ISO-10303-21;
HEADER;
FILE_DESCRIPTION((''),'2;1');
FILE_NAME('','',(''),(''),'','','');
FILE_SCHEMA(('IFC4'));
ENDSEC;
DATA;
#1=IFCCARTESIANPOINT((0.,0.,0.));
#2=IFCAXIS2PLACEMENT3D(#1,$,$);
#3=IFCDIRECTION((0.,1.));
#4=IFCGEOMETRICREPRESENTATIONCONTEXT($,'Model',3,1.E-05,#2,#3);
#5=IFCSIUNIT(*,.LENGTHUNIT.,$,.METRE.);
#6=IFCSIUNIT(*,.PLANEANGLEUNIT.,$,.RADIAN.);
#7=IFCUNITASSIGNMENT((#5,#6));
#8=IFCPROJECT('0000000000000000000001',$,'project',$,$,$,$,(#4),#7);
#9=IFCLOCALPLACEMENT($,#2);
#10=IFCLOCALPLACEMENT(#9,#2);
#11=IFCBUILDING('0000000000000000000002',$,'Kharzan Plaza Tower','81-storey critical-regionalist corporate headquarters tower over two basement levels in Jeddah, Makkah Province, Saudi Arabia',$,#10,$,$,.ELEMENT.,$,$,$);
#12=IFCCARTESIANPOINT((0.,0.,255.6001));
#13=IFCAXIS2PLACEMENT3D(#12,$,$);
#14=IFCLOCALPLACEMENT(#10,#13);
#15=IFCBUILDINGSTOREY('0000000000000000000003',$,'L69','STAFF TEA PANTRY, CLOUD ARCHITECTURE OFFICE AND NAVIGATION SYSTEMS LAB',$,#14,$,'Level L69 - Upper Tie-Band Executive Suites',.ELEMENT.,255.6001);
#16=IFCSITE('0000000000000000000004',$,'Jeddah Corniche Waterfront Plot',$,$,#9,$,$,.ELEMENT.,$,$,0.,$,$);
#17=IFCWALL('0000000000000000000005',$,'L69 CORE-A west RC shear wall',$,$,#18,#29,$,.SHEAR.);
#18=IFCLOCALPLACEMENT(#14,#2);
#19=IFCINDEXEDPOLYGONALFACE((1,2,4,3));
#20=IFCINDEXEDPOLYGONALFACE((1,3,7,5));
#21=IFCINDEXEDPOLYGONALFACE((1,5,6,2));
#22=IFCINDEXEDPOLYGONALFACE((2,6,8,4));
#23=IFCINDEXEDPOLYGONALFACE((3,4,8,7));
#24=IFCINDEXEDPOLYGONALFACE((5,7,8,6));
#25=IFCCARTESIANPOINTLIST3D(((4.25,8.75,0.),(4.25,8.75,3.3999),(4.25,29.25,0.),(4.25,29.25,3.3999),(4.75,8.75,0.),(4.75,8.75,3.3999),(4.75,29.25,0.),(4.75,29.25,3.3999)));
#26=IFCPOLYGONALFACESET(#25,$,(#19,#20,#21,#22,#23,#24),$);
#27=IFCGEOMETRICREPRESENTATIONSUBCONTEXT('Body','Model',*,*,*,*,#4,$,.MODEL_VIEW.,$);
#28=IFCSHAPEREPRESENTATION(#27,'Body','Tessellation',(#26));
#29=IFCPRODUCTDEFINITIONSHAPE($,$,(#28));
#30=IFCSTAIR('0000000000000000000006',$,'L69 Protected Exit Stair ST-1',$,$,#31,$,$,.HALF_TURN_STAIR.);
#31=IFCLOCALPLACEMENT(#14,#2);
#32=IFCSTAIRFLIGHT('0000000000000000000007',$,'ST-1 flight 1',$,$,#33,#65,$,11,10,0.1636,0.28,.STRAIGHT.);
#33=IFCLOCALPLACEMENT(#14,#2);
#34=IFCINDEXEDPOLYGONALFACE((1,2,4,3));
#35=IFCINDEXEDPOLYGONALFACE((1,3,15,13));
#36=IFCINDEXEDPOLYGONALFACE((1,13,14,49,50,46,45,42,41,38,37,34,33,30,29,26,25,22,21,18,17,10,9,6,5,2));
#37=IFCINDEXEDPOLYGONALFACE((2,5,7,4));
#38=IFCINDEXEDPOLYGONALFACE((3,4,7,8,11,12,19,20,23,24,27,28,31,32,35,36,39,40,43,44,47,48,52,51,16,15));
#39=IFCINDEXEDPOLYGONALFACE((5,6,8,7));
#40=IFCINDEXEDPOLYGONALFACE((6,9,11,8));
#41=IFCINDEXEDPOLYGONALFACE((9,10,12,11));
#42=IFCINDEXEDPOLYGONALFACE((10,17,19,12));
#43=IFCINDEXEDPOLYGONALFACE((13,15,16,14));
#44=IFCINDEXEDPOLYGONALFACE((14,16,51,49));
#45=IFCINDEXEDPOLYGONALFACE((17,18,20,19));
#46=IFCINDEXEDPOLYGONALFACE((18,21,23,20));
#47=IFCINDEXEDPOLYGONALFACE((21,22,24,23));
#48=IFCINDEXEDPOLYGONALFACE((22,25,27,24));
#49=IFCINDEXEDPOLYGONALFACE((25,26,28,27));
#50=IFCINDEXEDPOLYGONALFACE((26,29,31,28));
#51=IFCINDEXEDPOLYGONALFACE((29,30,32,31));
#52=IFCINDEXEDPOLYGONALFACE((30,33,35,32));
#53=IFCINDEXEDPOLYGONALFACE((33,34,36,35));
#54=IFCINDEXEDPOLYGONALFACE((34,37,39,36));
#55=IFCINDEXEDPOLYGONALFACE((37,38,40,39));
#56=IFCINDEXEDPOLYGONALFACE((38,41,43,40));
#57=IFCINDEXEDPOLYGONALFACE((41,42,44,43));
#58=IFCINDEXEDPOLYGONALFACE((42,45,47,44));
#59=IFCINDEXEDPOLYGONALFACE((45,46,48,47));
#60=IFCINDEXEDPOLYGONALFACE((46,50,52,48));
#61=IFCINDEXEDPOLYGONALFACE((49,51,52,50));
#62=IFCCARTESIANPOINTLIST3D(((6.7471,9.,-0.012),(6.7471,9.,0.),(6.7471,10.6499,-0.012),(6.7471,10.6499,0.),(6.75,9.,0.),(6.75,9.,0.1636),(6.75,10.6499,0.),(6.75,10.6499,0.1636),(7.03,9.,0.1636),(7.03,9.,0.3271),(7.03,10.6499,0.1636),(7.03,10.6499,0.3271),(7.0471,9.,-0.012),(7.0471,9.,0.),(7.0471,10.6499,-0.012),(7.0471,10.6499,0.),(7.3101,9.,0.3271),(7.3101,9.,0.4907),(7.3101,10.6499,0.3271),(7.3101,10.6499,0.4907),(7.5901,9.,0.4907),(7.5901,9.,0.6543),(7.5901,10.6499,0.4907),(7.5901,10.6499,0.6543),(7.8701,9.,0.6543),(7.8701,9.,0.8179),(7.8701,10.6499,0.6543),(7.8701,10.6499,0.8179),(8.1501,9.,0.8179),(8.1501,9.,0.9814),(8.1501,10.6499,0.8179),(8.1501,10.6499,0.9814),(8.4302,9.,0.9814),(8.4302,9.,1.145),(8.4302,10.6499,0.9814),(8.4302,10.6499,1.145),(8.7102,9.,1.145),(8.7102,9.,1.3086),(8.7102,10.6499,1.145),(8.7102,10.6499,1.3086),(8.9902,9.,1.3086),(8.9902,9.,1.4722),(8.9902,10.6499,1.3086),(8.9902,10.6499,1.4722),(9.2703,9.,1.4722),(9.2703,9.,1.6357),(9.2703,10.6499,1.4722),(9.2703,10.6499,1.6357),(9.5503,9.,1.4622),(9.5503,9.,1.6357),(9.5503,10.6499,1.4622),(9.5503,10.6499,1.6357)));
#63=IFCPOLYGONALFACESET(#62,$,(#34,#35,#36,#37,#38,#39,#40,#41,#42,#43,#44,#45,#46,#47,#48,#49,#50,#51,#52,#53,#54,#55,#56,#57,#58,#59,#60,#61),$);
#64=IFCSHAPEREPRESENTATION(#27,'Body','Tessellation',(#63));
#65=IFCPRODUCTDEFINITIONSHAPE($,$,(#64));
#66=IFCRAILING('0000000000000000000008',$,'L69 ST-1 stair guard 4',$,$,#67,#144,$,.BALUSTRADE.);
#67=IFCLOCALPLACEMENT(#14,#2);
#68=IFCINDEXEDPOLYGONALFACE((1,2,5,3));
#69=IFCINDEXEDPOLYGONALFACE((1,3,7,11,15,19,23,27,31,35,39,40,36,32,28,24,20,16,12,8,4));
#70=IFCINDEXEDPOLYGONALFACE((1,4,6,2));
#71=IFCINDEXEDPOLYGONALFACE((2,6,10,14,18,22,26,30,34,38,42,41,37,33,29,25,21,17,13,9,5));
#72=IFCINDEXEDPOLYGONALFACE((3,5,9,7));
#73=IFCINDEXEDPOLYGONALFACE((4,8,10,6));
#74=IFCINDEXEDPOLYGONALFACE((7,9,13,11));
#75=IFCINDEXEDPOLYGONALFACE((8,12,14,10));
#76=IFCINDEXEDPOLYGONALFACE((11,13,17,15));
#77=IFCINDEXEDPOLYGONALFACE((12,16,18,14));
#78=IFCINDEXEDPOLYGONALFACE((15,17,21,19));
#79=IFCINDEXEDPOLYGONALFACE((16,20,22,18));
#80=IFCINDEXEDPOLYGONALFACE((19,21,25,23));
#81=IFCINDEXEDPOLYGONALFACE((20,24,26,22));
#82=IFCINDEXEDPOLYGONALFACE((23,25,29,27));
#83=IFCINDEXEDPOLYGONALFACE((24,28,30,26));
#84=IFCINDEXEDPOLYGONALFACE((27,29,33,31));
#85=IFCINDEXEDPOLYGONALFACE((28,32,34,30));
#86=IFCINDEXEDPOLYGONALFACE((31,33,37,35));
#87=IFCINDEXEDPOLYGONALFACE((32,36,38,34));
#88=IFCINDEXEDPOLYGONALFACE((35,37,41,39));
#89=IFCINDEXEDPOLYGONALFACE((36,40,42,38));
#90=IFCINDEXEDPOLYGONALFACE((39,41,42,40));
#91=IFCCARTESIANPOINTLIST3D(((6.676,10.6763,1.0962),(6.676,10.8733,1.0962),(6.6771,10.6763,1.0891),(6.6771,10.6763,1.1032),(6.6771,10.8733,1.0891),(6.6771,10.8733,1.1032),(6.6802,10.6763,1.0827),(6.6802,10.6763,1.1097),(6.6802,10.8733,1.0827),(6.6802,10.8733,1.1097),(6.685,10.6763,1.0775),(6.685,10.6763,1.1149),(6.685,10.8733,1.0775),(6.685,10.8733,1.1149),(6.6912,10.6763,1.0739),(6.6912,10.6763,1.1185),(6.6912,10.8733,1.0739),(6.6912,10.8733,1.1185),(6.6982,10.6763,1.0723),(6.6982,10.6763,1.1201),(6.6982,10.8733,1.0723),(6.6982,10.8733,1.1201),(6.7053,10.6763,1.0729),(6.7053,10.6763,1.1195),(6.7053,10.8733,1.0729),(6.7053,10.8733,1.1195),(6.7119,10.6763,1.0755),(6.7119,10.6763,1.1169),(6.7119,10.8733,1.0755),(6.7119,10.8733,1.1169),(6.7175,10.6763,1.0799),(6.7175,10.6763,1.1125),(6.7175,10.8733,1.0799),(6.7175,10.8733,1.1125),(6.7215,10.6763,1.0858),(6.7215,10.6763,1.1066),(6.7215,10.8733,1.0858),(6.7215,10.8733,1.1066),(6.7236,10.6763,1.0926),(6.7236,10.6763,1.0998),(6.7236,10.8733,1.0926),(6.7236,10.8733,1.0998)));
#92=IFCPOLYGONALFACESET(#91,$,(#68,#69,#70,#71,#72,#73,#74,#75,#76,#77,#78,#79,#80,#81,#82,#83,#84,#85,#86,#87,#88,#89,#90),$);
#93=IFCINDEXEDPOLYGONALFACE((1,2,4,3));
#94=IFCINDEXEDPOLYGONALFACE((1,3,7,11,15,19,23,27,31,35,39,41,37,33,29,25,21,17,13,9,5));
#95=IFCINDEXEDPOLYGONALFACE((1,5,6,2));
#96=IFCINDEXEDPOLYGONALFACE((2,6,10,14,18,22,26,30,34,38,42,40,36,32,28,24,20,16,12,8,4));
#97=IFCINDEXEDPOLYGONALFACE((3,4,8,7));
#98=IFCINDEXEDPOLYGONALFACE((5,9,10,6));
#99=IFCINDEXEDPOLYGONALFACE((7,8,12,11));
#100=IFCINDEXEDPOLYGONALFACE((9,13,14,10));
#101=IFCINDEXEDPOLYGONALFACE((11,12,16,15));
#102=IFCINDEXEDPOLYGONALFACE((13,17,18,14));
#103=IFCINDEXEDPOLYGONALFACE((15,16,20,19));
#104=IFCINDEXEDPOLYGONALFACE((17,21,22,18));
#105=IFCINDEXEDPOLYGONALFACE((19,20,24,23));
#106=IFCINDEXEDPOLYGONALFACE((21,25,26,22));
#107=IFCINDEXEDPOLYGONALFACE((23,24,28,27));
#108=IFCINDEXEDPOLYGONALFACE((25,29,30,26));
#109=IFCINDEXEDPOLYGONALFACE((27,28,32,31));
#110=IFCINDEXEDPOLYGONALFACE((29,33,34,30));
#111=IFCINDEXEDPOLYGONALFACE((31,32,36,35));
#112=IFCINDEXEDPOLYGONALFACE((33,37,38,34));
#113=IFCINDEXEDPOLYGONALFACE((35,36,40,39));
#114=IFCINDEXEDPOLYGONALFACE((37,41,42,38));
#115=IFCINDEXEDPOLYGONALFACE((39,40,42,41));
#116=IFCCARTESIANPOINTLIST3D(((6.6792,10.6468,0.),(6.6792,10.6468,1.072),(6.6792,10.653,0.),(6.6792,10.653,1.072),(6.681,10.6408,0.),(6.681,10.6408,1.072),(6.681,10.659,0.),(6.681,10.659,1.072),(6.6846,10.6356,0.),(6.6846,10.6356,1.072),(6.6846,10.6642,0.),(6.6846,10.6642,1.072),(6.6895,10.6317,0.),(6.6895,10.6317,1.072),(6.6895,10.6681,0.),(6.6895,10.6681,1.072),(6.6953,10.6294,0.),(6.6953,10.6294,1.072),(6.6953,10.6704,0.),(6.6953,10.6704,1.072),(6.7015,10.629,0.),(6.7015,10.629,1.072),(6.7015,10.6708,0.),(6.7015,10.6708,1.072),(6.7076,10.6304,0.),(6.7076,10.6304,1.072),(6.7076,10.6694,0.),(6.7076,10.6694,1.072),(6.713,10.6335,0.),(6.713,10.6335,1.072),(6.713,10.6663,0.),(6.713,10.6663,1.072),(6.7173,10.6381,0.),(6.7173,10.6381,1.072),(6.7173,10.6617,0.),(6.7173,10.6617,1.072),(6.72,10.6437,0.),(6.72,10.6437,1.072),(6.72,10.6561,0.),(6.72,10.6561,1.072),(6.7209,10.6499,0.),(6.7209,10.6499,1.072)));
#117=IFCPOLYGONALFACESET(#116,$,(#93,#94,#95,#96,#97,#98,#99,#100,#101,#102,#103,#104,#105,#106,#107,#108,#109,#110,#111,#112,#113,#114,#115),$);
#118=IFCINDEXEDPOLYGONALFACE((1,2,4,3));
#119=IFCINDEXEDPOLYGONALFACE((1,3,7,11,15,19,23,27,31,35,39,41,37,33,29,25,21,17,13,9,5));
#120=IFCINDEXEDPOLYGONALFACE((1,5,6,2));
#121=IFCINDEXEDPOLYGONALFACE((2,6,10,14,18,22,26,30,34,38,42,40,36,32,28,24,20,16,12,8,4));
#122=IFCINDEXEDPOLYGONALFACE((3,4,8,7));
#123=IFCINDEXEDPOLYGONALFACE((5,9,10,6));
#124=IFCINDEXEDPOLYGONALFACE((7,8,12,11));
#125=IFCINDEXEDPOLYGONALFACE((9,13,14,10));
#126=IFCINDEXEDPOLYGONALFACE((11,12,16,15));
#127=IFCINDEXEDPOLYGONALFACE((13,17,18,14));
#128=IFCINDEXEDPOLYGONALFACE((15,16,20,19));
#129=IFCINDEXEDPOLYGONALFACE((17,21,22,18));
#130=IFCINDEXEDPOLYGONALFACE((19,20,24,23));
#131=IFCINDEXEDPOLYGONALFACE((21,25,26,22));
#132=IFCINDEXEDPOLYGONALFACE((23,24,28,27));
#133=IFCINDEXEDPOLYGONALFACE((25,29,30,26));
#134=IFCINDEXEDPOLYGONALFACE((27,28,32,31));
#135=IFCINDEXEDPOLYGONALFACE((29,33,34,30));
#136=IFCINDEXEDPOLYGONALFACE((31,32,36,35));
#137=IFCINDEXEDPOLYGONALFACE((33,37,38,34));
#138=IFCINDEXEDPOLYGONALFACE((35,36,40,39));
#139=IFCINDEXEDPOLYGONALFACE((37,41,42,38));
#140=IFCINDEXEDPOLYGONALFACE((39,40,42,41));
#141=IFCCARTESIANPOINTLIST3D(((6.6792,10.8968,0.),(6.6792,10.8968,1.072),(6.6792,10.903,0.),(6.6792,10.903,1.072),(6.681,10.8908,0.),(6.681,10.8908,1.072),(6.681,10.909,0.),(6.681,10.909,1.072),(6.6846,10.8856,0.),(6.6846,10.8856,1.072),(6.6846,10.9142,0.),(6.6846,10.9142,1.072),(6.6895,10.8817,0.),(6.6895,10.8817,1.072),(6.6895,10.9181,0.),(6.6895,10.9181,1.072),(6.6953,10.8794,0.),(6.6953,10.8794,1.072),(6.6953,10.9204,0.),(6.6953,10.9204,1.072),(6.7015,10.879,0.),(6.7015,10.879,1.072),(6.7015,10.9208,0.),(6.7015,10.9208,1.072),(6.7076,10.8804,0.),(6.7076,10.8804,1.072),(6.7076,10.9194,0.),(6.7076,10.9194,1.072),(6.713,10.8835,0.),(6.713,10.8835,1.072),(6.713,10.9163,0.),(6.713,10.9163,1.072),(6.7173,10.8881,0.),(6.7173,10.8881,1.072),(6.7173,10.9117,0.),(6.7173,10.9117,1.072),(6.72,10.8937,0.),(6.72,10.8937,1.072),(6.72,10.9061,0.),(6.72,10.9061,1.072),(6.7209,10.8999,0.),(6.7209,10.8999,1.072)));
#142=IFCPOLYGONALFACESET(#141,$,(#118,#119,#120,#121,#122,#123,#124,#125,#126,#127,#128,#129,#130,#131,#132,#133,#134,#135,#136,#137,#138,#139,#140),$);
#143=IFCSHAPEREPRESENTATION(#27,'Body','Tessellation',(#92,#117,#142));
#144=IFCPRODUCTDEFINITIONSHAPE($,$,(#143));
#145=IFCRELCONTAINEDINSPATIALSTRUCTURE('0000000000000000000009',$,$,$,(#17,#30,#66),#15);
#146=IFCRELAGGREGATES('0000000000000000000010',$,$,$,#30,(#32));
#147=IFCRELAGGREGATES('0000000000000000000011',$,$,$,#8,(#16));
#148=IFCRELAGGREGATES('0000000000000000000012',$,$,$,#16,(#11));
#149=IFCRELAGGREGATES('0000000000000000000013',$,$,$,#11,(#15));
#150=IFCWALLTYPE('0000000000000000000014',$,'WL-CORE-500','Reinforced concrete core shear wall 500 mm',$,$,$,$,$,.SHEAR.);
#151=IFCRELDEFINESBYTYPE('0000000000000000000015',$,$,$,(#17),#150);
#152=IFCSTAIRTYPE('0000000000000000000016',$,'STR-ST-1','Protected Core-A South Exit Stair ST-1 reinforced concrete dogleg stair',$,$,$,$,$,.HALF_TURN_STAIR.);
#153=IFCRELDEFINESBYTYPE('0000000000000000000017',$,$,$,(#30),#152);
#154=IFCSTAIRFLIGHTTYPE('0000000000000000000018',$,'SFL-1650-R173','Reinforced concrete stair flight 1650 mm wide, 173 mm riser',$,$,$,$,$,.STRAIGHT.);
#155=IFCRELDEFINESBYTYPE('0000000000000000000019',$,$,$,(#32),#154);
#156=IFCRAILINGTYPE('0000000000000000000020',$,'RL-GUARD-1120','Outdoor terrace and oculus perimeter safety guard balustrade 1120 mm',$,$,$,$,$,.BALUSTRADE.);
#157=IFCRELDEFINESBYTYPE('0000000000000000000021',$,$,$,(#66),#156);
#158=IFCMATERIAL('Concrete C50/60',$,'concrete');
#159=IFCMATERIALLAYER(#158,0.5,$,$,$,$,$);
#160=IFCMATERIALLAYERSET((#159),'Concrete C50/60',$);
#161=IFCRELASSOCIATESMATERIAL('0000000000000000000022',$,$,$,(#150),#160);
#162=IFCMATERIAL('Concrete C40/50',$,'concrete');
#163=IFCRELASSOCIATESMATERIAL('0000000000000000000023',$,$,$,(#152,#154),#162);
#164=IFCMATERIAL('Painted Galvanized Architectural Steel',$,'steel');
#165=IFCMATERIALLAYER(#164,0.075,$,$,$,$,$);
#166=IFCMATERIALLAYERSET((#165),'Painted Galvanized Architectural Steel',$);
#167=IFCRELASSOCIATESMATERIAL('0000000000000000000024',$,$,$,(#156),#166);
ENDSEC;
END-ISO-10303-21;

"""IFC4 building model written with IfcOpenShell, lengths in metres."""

from ifc_helpers import new_model, si_unit, direction, frame, frame_2d, origin, origin_2d, place, context, subcontext, project, spatial, polyline, rectangle, circle, outline, extrude, source, transform, mapped, material, layer, layer_set, type_object, element, aggregate, save


model = new_model("IFC4")

# Units and contexts
model_context = context("Model", 3, precision=1e-05, world=origin(), true_north=direction((0.0, 1.0)))
body_context = subcontext(model_context, "Body", "Model", "MODEL_VIEW")
ifc_project = project(units=[si_unit("LENGTHUNIT", "METRE"), si_unit("PLANEANGLEUNIT", "RADIAN")], contexts=[model_context])

# Site, building, storey
site_placement = place(None, origin())
site = spatial("IfcSite", under=ifc_project, at=site_placement, Name="Jeddah Corniche Waterfront Plot", CompositionType="ELEMENT", RefElevation=0.0)
building_placement = place(site_placement, origin())
building = spatial("IfcBuilding", under=site, at=building_placement, Name="Kharzan Plaza Tower", Description="81-storey critical-regionalist corporate headquarters tower over two basement levels in Jeddah, Makkah Province, Saudi Arabia", CompositionType="ELEMENT")
storey_placement = place(building_placement, frame((0.0, 0.0, 255.6001)))
storey = spatial("IfcBuildingStorey", under=building, at=storey_placement, Name="L69", Description="STAFF TEA PANTRY, CLOUD ARCHITECTURE OFFICE AND NAVIGATION SYSTEMS LAB", LongName="Level L69 - Upper Tie-Band Executive Suites", CompositionType="ELEMENT", Elevation=255.6001)

# Shared definitions
ifc_material_1 = material(Name="Concrete C50/60", Category="concrete")

# Shared definitions
ifc_material_2 = material(Name="Concrete C40/50", Category="concrete")

# Wall
ifc_layer_1 = layer(ifc_material_1, 0.5)
ifc_layer_set_1 = layer_set([ifc_layer_1], Name="Concrete C50/60")
wall_type_1 = type_object("IfcWallType", Name="WL-CORE-500", Description="Reinforced concrete core shear wall 500 mm", PredefinedType="SHEAR", material=ifc_layer_set_1)
shared_shape_1 = source(origin(), body_context, "Body", "SweptSolid", [
    extrude(rectangle(XDim=20.5, YDim=0.5, at=frame_2d((10.25, 0.0))), origin(), (0.0, 0.0, 1.0), 3.3999),
])
wall_1_placement = place(storey_placement, frame((4.5, 8.75, 0.0), z_axis=(0.0, 0.0, 1.0), x_axis=(0.0, 1.0, 0.0)))
element("IfcWall", 1, at=wall_1_placement, inside=storey, type_object=wall_type_1, Name="L69 CORE-A west RC shear wall", PredefinedType="SHEAR", context=body_context, shape_type="MappedRepresentation", body=[
    mapped(shared_shape_1, transform((0.0, 0.0, 0.0), x_axis=(1.0, 0.0, 0.0), y_axis=(0.0, 1.0, 0.0), z_axis=(0.0, 0.0, 1.0))),
])

# Stair, stair flight
stair_type = type_object("IfcStairType", Name="STR-ST-1", Description="Protected Core-A South Exit Stair ST-1 reinforced concrete dogleg stair", PredefinedType="HALF_TURN_STAIR", material=ifc_material_2)
stair_placement = place(storey_placement, origin())
stair = element("IfcStair", 2, at=stair_placement, inside=storey, type_object=stair_type, Name="L69 Protected Exit Stair ST-1", PredefinedType="HALF_TURN_STAIR")
stair_flight_type = type_object("IfcStairFlightType", Name="SFL-1650-R173", Description="Reinforced concrete stair flight 1650 mm wide, 173 mm riser", PredefinedType="STRAIGHT", material=ifc_material_2)
shared_shape_2 = source(origin(), body_context, "Body", "SweptSolid", [
    extrude(outline(polyline([(-0.0029, -0.012), (-0.0029, 0.0), (0.0, 0.0), (0.0, 0.1636), (0.28, 0.1636), (0.28, 0.3271), (0.5601, 0.3271), (0.5601, 0.4907), (0.8401, 0.4907), (0.8401, 0.6543), (1.1201, 0.6543), (1.1201, 0.8179), (1.4001, 0.8179), (1.4001, 0.9814), (1.6802, 0.9814), (1.6802, 1.145), (1.9602, 1.145), (1.9602, 1.3086), (2.2402, 1.3086), (2.2402, 1.4722), (2.5203, 1.4722), (2.5203, 1.6357), (2.8003, 1.6357), (2.8003, 1.7993), (2.8003, 1.4622), (0.2971, 0.0), (0.2971, -0.012), (-0.0029, -0.012)])), frame((0.0, 0.825, 0.0), z_axis=(0.0, -1.0, 0.0), x_axis=(1.0, 0.0, 0.0)), (0.0, 0.0, 1.0), 1.6499),
])
stair_flight_placement = place(storey_placement, frame((6.75, 9.825, 0.0), z_axis=(0.0, 0.0, 1.0), x_axis=(1.0, 0.0, 0.0)))
stair_flight = element("IfcStairFlight", 3, at=stair_flight_placement, type_object=stair_flight_type, Name="ST-1 flight 1", NumberOfRisers=11, NumberOfTreads=10, PredefinedType="STRAIGHT", RiserHeight=0.1636, TreadLength=0.28, context=body_context, shape_type="MappedRepresentation", body=[
    mapped(shared_shape_2, transform((0.0, 0.0, 0.0), x_axis=(1.0, 0.0, 0.0), y_axis=(0.0, 1.0, 0.0), z_axis=(0.0, 0.0, 1.0))),
])
aggregate(stair, [stair_flight])

# Railing
ifc_material_3 = material(Name="Painted Galvanized Architectural Steel", Category="steel")
ifc_layer_2 = layer(ifc_material_3, 0.075)
ifc_layer_set_2 = layer_set([ifc_layer_2], Name="Painted Galvanized Architectural Steel")
railing_type_1 = type_object("IfcRailingType", Name="RL-GUARD-1120", Description="Outdoor terrace and oculus perimeter safety guard balustrade 1120 mm", PredefinedType="BALUSTRADE", material=ifc_layer_set_2)
shared_shape_3 = source(origin(), body_context, "Body", "SweptSolid", [
    extrude(circle(Radius=0.0239, at=origin_2d()), frame((0.0, 0.0264, 1.0962), z_axis=(0.0, 1.0, 0.0), x_axis=(-1.0, 0.0, 0.0)), (0.0, 0.0, 1.0), 0.197),
    extrude(circle(Radius=0.021, at=origin_2d()), origin(), (0.0, 0.0, 1.0), 1.072),
    extrude(circle(Radius=0.021, at=origin_2d()), frame((0.0, 0.25, 0.0)), (0.0, 0.0, 1.0), 1.072),
])
railing_1_placement = place(storey_placement, frame((6.7, 10.6499, 0.0)))
element("IfcRailing", 4, at=railing_1_placement, inside=storey, type_object=railing_type_1, Name="L69 ST-1 stair guard 4", PredefinedType="BALUSTRADE", context=body_context, shape_type="MappedRepresentation", body=[
    mapped(shared_shape_3, transform((0.0, 0.0, 0.0), x_axis=(1.0, 0.0, 0.0), y_axis=(0.0, 1.0, 0.0), z_axis=(0.0, 0.0, 1.0))),
])

save(model, "model.ifc")
